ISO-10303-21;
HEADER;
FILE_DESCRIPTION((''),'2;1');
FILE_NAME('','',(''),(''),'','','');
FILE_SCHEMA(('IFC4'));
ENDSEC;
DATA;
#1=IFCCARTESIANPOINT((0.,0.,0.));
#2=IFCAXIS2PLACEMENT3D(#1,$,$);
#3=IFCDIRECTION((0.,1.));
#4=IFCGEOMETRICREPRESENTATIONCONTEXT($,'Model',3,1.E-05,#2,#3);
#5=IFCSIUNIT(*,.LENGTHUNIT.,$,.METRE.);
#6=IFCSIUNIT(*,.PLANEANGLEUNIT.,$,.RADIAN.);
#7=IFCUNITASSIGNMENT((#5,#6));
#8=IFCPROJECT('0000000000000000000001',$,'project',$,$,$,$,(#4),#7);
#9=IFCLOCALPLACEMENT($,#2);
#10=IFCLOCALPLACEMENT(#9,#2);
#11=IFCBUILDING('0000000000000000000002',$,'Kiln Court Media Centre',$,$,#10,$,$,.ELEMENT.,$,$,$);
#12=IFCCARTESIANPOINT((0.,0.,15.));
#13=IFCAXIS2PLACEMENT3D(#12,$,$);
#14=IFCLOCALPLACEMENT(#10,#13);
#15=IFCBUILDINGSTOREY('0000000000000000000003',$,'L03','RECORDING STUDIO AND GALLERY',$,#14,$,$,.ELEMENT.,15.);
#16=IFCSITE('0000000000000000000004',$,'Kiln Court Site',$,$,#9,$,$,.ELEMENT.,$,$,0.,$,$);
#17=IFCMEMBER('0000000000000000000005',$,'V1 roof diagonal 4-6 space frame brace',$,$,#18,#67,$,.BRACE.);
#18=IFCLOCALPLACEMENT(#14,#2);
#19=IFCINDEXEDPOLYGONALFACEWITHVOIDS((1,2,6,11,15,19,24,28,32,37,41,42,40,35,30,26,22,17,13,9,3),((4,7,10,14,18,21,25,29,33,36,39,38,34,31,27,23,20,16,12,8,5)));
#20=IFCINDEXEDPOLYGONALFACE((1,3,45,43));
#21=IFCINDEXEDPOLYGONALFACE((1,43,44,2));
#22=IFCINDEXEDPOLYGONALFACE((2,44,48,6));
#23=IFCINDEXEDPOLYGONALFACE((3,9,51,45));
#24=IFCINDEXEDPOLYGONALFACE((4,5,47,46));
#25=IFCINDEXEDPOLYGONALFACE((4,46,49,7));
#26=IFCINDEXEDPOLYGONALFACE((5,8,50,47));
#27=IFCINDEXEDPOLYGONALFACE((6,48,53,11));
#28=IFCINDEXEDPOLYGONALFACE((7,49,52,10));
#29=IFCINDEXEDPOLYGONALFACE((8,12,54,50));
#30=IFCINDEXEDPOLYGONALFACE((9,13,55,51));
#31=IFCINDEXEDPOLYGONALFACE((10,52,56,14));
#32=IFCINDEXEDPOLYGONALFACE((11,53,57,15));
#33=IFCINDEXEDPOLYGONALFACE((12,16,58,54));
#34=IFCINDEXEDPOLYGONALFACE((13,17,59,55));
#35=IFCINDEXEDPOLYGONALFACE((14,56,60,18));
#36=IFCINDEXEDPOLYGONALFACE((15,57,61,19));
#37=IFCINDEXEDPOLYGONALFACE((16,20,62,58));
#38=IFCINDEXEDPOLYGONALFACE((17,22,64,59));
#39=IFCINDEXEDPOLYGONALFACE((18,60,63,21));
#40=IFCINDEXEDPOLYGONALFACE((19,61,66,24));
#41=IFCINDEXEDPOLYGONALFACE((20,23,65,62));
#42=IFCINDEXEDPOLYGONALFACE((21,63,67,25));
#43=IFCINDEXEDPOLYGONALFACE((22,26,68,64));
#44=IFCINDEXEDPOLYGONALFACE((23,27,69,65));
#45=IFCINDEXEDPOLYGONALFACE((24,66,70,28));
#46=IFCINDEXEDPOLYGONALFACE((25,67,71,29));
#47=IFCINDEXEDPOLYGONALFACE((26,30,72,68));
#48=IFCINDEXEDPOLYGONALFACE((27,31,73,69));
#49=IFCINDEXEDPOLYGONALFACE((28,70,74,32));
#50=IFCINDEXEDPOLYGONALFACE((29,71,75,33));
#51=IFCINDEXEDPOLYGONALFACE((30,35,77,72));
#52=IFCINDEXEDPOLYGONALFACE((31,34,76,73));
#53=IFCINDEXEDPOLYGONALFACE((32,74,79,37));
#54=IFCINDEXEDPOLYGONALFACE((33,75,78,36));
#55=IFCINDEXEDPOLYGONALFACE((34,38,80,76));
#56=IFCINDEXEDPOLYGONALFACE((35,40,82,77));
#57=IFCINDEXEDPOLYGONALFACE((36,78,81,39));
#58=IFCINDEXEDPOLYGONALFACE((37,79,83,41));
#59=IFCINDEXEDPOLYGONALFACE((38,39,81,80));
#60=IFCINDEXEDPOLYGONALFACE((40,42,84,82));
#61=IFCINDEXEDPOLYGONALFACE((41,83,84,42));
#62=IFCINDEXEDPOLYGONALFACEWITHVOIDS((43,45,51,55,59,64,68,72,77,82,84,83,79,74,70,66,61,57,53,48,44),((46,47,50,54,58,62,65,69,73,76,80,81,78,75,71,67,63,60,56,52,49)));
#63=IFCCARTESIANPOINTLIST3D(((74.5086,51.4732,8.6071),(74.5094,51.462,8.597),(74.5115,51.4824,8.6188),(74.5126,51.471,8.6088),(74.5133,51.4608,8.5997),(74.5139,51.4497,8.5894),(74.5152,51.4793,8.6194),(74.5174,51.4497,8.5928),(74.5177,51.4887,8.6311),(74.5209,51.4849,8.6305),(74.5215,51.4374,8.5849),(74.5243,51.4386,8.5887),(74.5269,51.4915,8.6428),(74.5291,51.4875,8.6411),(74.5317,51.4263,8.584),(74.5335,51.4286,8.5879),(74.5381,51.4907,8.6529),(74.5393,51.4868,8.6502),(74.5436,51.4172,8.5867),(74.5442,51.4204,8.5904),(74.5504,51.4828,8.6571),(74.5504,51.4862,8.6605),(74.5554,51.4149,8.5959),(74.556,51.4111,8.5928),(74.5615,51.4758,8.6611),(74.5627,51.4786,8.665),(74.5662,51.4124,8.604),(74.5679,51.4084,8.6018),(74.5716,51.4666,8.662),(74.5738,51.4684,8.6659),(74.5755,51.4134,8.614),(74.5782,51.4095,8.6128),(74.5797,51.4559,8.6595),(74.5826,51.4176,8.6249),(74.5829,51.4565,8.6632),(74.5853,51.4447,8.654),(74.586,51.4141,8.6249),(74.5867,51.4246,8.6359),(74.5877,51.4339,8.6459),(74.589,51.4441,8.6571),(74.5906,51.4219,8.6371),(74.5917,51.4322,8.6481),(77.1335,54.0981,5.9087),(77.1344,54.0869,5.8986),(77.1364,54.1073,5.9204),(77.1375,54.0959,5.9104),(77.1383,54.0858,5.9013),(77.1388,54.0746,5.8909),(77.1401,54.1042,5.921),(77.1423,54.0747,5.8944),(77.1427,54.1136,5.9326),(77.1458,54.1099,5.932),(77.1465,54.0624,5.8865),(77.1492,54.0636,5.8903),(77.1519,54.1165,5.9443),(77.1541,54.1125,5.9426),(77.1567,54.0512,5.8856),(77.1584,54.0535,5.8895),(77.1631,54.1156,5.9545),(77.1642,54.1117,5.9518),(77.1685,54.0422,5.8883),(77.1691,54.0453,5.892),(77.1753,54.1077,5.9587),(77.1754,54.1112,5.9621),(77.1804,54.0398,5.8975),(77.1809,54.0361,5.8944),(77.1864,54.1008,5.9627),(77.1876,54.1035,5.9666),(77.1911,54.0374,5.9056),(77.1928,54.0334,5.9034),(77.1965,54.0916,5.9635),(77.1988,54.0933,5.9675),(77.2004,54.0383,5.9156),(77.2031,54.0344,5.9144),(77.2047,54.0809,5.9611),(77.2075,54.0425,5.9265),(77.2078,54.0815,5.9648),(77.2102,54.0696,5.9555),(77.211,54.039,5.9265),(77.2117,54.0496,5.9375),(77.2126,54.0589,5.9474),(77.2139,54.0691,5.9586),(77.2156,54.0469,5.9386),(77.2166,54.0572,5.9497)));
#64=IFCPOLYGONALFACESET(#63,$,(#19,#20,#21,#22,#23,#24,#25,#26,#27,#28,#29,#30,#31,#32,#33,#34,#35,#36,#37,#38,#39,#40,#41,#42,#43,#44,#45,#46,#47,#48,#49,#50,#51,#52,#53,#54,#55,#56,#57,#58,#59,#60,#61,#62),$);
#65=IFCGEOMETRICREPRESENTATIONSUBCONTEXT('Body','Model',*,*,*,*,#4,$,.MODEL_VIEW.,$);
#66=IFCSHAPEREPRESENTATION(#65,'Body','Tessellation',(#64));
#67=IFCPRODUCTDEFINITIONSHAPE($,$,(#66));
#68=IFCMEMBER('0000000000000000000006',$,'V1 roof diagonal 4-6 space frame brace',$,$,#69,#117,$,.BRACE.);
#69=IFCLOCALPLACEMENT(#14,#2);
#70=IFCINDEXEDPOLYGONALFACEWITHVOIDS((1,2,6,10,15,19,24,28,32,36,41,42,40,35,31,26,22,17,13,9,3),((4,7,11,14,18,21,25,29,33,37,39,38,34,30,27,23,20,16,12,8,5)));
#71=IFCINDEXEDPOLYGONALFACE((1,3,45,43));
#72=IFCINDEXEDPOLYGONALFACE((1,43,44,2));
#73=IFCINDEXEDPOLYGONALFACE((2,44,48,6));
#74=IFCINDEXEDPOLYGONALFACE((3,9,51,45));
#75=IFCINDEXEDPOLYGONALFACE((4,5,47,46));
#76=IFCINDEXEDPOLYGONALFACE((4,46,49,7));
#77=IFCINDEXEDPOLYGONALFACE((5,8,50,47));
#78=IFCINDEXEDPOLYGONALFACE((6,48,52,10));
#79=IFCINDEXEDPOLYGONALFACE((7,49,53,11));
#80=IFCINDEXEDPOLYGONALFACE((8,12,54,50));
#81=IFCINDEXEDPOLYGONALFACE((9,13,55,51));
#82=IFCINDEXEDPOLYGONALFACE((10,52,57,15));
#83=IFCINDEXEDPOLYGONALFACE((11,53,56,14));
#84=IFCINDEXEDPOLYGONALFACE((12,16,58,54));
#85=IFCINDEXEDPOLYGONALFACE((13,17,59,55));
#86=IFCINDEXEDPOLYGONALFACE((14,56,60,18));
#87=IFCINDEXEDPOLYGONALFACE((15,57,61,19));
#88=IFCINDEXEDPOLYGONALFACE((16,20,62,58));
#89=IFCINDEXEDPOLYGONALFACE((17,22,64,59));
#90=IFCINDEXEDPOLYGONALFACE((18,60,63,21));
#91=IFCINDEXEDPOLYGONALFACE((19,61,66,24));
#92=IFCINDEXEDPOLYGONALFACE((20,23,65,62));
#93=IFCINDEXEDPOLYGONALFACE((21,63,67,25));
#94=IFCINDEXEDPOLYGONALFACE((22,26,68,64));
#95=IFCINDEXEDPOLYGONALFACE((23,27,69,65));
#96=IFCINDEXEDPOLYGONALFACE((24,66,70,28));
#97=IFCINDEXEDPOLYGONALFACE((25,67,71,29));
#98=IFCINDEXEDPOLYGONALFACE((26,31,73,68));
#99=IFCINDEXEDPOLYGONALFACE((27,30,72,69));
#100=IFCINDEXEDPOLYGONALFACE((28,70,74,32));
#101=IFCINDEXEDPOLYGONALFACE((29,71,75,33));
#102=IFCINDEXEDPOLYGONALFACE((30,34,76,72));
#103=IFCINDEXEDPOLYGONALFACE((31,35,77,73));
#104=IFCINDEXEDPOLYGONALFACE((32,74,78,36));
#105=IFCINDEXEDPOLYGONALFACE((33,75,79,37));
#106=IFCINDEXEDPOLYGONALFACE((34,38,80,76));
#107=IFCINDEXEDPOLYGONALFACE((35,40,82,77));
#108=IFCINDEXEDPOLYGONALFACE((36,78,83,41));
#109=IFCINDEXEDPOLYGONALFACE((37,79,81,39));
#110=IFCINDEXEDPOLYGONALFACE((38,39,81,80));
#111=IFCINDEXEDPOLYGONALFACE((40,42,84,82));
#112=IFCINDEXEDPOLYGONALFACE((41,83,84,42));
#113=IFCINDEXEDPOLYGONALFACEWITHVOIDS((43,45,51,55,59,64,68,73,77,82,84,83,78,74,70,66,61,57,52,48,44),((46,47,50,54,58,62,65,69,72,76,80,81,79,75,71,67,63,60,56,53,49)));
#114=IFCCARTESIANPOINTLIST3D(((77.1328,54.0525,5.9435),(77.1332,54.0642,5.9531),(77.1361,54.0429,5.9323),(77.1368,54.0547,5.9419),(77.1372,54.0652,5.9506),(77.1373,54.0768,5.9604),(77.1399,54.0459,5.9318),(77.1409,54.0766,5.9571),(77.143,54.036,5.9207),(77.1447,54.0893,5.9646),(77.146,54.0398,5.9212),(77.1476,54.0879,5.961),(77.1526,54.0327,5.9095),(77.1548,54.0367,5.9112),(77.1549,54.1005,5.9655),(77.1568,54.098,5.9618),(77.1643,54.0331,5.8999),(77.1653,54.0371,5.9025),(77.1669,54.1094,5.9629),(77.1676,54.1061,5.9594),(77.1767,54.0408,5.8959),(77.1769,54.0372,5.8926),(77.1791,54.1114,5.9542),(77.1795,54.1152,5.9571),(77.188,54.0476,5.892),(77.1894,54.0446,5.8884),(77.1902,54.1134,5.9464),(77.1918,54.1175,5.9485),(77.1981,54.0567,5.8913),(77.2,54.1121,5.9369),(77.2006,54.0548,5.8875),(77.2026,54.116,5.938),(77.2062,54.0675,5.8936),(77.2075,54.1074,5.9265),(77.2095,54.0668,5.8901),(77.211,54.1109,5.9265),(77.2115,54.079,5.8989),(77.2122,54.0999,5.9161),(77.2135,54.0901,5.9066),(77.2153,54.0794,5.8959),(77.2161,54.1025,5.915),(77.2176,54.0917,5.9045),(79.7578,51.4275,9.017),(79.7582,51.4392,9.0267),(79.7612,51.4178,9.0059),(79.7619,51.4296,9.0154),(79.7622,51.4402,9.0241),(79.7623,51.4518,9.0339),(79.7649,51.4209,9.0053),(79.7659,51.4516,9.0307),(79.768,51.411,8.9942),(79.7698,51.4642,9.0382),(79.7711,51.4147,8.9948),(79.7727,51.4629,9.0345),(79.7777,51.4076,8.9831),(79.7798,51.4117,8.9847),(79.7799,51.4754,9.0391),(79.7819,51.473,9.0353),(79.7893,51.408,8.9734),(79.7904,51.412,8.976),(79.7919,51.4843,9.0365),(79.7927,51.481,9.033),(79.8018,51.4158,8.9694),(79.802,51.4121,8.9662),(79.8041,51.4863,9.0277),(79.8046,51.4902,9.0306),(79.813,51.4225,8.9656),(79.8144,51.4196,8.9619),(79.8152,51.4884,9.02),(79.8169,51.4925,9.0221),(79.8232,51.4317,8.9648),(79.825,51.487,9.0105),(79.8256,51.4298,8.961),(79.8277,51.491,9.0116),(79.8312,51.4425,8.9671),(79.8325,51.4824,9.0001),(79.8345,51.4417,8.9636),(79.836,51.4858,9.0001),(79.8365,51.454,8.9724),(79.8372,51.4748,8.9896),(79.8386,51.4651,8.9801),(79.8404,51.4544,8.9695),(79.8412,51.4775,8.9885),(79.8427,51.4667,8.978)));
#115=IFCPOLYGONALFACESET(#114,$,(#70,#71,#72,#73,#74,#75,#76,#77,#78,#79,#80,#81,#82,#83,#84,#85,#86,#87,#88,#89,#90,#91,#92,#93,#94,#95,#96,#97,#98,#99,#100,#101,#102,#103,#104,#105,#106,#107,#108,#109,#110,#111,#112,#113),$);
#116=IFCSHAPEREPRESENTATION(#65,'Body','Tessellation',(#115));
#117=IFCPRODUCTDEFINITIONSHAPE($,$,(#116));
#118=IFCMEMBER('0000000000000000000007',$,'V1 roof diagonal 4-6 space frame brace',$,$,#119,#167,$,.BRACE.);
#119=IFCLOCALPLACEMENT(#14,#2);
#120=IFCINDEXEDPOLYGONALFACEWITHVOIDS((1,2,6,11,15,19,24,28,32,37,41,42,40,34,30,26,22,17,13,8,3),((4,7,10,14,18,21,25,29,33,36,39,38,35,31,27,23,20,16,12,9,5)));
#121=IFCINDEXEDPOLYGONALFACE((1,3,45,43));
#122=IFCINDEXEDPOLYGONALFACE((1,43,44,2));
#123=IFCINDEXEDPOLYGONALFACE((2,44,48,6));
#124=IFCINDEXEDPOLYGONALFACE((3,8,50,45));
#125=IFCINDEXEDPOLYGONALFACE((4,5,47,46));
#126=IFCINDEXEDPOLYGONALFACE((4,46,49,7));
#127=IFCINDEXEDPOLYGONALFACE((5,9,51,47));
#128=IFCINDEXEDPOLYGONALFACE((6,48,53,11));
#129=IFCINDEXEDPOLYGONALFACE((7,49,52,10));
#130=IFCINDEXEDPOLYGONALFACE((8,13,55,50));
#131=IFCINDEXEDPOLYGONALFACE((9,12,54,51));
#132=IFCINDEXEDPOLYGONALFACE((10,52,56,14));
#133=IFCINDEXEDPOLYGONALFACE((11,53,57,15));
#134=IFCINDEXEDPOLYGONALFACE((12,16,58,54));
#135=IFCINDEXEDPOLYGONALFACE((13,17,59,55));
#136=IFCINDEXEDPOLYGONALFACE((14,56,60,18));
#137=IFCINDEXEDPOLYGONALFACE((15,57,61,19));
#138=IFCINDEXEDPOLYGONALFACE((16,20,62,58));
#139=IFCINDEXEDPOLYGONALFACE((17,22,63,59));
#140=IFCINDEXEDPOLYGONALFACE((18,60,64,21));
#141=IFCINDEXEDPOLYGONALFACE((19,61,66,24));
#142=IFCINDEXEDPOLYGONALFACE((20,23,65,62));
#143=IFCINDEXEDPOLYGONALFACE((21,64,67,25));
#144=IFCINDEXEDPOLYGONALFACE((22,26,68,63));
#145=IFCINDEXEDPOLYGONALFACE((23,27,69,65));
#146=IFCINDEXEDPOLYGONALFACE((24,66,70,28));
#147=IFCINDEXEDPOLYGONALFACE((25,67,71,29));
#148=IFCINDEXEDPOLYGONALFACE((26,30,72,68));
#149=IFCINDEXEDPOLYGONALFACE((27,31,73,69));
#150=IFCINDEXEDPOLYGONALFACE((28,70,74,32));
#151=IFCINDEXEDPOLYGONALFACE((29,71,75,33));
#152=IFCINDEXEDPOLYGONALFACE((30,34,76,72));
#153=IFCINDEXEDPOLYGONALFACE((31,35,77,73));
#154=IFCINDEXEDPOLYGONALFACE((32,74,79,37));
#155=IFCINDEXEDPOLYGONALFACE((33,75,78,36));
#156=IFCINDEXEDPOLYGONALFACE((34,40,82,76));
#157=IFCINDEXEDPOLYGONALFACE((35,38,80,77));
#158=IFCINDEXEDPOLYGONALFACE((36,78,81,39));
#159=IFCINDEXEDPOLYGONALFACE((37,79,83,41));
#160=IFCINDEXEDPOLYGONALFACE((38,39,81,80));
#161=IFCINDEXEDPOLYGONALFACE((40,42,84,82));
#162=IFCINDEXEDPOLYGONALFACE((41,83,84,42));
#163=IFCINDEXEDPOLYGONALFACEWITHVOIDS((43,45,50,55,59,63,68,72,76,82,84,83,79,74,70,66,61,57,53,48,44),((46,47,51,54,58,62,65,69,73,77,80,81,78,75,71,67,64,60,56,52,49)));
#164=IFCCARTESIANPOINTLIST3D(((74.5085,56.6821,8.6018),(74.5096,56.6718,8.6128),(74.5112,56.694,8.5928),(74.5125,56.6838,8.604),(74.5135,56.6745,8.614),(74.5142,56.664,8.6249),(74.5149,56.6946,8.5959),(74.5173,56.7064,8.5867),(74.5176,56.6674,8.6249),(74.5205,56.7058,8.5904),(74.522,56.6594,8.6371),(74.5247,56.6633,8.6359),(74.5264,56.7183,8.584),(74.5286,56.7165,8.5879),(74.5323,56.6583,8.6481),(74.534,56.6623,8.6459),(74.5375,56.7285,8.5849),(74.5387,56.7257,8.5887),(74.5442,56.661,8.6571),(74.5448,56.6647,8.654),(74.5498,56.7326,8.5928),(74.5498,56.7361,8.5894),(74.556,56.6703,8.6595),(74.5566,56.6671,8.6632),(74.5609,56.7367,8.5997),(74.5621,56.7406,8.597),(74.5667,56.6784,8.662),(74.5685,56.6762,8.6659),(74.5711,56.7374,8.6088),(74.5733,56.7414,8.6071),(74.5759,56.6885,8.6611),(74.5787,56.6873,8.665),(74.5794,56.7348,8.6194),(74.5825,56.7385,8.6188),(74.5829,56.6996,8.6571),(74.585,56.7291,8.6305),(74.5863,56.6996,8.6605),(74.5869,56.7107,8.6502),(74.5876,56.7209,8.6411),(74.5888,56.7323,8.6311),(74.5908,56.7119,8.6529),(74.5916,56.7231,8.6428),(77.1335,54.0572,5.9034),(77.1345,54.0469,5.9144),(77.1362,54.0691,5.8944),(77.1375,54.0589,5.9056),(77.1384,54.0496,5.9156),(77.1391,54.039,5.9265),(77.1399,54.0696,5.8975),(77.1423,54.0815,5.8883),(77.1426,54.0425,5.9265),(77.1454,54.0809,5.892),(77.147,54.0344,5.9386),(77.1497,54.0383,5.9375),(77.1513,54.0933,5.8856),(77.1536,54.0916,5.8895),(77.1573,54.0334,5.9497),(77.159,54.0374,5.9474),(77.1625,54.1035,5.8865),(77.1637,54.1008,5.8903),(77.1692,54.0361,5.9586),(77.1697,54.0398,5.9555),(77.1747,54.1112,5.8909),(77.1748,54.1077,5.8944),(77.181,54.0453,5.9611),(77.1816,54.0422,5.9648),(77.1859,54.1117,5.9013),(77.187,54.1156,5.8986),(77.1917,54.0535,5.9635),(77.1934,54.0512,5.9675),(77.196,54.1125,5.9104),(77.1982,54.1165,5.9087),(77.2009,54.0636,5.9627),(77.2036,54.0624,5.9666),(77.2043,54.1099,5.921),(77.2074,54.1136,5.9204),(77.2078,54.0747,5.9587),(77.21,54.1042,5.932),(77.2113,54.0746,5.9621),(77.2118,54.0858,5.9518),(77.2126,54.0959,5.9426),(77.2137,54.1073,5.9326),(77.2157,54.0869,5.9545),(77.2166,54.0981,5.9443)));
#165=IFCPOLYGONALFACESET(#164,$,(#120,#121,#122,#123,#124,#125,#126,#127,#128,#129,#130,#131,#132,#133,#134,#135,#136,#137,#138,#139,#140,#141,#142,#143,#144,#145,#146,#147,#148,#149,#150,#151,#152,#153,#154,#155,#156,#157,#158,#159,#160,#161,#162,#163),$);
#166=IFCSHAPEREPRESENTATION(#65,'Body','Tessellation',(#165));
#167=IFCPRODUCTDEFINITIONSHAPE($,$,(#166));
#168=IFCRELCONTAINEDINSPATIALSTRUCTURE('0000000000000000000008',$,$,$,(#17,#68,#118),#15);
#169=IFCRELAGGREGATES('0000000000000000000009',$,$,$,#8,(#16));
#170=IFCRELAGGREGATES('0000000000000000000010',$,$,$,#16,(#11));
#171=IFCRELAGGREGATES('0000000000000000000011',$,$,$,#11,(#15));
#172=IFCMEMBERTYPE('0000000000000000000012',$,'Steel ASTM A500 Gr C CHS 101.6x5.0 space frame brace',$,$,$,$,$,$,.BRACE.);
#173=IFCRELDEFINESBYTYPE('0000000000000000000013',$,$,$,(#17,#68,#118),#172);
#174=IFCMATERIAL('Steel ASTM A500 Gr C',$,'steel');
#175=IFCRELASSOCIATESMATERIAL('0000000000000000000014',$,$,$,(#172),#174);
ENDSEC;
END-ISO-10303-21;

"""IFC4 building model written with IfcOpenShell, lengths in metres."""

from ifc_helpers import new_model, si_unit, direction, frame, origin, origin_2d, place, context, subcontext, project, spatial, hollow_circle, extrude, material, material_profile, profile_set, type_object, element, save


model = new_model("IFC4")

# Units and contexts
model_context = context("Model", 3, precision=1e-05, world=origin(), true_north=direction((0.0, 1.0)))
body_context = subcontext(model_context, "Body", "Model", "MODEL_VIEW")
ifc_project = project(units=[si_unit("LENGTHUNIT", "METRE"), si_unit("PLANEANGLEUNIT", "RADIAN")], contexts=[model_context])

# Site, building, storey
site_placement = place(None, origin())
site = spatial("IfcSite", under=ifc_project, at=site_placement, Name="Kiln Court Site", CompositionType="ELEMENT", RefElevation=0.0)
building_placement = place(site_placement, origin())
building = spatial("IfcBuilding", under=site, at=building_placement, Name="Kiln Court Media Centre", CompositionType="ELEMENT")
storey_placement = place(building_placement, frame((0.0, 0.0, 15.0)))
storey = spatial("IfcBuildingStorey", under=building, at=storey_placement, Name="L03", Description="RECORDING STUDIO AND GALLERY", CompositionType="ELEMENT", Elevation=15.0)

# Members
ifc_material_1 = material(Name="Steel ASTM A500 Gr C", Category="steel")
ifc_material_profile_1 = material_profile(ifc_material_1, hollow_circle(Radius=0.0508, WallThickness=0.0049, at=origin_2d()), Name="CHS 101.6x5.0")
ifc_profile_set_1 = profile_set([ifc_material_profile_1], Name="Steel ASTM A500 Gr C")
member_type_1 = type_object("IfcMemberType", Name="Steel ASTM A500 Gr C CHS 101.6x5.0 space frame brace", PredefinedType="BRACE", material=ifc_profile_set_1)
member_1_placement = place(storey_placement, frame((77.175, 54.075, 5.9265), z_axis=(-0.571964, -0.571964, 0.587976), x_axis=(0.707107, -0.707107, 0.0)))
element("IfcMember", 1, at=member_1_placement, inside=storey, type_object=member_type_1, Name="V1 roof diagonal 4-6 space frame brace", PredefinedType="BRACE", context=body_context, shape_type="SweptSolid", body=[
    extrude(hollow_circle(Radius=0.0508, WallThickness=0.0049, at=origin_2d()), origin(), (0.0, 0.0, 1.0), 4.5894),
])
member_2_placement = place(storey_placement, frame((77.175, 54.075, 5.9265), z_axis=(0.544662, -0.544662, 0.637719), x_axis=(0.707107, 0.707107, 0.0)))
element("IfcMember", 2, at=member_2_placement, inside=storey, type_object=member_type_1, Name="V1 roof diagonal 4-6 space frame brace", PredefinedType="BRACE", context=body_context, shape_type="SweptSolid", body=[
    extrude(hollow_circle(Radius=0.0508, WallThickness=0.0049, at=origin_2d()), origin(), (0.0, 0.0, 1.0), 4.8196),
])
member_3_placement = place(storey_placement, frame((77.175, 54.075, 5.9265), z_axis=(-0.571964, 0.571964, 0.587976), x_axis=(-0.707107, -0.707107, 0.0)))
element("IfcMember", 3, at=member_3_placement, inside=storey, type_object=member_type_1, Name="V1 roof diagonal 4-6 space frame brace", PredefinedType="BRACE", context=body_context, shape_type="SweptSolid", body=[
    extrude(hollow_circle(Radius=0.0508, WallThickness=0.0049, at=origin_2d()), origin(), (0.0, 0.0, 1.0), 4.5894),
])

save(model, "model.ifc")
